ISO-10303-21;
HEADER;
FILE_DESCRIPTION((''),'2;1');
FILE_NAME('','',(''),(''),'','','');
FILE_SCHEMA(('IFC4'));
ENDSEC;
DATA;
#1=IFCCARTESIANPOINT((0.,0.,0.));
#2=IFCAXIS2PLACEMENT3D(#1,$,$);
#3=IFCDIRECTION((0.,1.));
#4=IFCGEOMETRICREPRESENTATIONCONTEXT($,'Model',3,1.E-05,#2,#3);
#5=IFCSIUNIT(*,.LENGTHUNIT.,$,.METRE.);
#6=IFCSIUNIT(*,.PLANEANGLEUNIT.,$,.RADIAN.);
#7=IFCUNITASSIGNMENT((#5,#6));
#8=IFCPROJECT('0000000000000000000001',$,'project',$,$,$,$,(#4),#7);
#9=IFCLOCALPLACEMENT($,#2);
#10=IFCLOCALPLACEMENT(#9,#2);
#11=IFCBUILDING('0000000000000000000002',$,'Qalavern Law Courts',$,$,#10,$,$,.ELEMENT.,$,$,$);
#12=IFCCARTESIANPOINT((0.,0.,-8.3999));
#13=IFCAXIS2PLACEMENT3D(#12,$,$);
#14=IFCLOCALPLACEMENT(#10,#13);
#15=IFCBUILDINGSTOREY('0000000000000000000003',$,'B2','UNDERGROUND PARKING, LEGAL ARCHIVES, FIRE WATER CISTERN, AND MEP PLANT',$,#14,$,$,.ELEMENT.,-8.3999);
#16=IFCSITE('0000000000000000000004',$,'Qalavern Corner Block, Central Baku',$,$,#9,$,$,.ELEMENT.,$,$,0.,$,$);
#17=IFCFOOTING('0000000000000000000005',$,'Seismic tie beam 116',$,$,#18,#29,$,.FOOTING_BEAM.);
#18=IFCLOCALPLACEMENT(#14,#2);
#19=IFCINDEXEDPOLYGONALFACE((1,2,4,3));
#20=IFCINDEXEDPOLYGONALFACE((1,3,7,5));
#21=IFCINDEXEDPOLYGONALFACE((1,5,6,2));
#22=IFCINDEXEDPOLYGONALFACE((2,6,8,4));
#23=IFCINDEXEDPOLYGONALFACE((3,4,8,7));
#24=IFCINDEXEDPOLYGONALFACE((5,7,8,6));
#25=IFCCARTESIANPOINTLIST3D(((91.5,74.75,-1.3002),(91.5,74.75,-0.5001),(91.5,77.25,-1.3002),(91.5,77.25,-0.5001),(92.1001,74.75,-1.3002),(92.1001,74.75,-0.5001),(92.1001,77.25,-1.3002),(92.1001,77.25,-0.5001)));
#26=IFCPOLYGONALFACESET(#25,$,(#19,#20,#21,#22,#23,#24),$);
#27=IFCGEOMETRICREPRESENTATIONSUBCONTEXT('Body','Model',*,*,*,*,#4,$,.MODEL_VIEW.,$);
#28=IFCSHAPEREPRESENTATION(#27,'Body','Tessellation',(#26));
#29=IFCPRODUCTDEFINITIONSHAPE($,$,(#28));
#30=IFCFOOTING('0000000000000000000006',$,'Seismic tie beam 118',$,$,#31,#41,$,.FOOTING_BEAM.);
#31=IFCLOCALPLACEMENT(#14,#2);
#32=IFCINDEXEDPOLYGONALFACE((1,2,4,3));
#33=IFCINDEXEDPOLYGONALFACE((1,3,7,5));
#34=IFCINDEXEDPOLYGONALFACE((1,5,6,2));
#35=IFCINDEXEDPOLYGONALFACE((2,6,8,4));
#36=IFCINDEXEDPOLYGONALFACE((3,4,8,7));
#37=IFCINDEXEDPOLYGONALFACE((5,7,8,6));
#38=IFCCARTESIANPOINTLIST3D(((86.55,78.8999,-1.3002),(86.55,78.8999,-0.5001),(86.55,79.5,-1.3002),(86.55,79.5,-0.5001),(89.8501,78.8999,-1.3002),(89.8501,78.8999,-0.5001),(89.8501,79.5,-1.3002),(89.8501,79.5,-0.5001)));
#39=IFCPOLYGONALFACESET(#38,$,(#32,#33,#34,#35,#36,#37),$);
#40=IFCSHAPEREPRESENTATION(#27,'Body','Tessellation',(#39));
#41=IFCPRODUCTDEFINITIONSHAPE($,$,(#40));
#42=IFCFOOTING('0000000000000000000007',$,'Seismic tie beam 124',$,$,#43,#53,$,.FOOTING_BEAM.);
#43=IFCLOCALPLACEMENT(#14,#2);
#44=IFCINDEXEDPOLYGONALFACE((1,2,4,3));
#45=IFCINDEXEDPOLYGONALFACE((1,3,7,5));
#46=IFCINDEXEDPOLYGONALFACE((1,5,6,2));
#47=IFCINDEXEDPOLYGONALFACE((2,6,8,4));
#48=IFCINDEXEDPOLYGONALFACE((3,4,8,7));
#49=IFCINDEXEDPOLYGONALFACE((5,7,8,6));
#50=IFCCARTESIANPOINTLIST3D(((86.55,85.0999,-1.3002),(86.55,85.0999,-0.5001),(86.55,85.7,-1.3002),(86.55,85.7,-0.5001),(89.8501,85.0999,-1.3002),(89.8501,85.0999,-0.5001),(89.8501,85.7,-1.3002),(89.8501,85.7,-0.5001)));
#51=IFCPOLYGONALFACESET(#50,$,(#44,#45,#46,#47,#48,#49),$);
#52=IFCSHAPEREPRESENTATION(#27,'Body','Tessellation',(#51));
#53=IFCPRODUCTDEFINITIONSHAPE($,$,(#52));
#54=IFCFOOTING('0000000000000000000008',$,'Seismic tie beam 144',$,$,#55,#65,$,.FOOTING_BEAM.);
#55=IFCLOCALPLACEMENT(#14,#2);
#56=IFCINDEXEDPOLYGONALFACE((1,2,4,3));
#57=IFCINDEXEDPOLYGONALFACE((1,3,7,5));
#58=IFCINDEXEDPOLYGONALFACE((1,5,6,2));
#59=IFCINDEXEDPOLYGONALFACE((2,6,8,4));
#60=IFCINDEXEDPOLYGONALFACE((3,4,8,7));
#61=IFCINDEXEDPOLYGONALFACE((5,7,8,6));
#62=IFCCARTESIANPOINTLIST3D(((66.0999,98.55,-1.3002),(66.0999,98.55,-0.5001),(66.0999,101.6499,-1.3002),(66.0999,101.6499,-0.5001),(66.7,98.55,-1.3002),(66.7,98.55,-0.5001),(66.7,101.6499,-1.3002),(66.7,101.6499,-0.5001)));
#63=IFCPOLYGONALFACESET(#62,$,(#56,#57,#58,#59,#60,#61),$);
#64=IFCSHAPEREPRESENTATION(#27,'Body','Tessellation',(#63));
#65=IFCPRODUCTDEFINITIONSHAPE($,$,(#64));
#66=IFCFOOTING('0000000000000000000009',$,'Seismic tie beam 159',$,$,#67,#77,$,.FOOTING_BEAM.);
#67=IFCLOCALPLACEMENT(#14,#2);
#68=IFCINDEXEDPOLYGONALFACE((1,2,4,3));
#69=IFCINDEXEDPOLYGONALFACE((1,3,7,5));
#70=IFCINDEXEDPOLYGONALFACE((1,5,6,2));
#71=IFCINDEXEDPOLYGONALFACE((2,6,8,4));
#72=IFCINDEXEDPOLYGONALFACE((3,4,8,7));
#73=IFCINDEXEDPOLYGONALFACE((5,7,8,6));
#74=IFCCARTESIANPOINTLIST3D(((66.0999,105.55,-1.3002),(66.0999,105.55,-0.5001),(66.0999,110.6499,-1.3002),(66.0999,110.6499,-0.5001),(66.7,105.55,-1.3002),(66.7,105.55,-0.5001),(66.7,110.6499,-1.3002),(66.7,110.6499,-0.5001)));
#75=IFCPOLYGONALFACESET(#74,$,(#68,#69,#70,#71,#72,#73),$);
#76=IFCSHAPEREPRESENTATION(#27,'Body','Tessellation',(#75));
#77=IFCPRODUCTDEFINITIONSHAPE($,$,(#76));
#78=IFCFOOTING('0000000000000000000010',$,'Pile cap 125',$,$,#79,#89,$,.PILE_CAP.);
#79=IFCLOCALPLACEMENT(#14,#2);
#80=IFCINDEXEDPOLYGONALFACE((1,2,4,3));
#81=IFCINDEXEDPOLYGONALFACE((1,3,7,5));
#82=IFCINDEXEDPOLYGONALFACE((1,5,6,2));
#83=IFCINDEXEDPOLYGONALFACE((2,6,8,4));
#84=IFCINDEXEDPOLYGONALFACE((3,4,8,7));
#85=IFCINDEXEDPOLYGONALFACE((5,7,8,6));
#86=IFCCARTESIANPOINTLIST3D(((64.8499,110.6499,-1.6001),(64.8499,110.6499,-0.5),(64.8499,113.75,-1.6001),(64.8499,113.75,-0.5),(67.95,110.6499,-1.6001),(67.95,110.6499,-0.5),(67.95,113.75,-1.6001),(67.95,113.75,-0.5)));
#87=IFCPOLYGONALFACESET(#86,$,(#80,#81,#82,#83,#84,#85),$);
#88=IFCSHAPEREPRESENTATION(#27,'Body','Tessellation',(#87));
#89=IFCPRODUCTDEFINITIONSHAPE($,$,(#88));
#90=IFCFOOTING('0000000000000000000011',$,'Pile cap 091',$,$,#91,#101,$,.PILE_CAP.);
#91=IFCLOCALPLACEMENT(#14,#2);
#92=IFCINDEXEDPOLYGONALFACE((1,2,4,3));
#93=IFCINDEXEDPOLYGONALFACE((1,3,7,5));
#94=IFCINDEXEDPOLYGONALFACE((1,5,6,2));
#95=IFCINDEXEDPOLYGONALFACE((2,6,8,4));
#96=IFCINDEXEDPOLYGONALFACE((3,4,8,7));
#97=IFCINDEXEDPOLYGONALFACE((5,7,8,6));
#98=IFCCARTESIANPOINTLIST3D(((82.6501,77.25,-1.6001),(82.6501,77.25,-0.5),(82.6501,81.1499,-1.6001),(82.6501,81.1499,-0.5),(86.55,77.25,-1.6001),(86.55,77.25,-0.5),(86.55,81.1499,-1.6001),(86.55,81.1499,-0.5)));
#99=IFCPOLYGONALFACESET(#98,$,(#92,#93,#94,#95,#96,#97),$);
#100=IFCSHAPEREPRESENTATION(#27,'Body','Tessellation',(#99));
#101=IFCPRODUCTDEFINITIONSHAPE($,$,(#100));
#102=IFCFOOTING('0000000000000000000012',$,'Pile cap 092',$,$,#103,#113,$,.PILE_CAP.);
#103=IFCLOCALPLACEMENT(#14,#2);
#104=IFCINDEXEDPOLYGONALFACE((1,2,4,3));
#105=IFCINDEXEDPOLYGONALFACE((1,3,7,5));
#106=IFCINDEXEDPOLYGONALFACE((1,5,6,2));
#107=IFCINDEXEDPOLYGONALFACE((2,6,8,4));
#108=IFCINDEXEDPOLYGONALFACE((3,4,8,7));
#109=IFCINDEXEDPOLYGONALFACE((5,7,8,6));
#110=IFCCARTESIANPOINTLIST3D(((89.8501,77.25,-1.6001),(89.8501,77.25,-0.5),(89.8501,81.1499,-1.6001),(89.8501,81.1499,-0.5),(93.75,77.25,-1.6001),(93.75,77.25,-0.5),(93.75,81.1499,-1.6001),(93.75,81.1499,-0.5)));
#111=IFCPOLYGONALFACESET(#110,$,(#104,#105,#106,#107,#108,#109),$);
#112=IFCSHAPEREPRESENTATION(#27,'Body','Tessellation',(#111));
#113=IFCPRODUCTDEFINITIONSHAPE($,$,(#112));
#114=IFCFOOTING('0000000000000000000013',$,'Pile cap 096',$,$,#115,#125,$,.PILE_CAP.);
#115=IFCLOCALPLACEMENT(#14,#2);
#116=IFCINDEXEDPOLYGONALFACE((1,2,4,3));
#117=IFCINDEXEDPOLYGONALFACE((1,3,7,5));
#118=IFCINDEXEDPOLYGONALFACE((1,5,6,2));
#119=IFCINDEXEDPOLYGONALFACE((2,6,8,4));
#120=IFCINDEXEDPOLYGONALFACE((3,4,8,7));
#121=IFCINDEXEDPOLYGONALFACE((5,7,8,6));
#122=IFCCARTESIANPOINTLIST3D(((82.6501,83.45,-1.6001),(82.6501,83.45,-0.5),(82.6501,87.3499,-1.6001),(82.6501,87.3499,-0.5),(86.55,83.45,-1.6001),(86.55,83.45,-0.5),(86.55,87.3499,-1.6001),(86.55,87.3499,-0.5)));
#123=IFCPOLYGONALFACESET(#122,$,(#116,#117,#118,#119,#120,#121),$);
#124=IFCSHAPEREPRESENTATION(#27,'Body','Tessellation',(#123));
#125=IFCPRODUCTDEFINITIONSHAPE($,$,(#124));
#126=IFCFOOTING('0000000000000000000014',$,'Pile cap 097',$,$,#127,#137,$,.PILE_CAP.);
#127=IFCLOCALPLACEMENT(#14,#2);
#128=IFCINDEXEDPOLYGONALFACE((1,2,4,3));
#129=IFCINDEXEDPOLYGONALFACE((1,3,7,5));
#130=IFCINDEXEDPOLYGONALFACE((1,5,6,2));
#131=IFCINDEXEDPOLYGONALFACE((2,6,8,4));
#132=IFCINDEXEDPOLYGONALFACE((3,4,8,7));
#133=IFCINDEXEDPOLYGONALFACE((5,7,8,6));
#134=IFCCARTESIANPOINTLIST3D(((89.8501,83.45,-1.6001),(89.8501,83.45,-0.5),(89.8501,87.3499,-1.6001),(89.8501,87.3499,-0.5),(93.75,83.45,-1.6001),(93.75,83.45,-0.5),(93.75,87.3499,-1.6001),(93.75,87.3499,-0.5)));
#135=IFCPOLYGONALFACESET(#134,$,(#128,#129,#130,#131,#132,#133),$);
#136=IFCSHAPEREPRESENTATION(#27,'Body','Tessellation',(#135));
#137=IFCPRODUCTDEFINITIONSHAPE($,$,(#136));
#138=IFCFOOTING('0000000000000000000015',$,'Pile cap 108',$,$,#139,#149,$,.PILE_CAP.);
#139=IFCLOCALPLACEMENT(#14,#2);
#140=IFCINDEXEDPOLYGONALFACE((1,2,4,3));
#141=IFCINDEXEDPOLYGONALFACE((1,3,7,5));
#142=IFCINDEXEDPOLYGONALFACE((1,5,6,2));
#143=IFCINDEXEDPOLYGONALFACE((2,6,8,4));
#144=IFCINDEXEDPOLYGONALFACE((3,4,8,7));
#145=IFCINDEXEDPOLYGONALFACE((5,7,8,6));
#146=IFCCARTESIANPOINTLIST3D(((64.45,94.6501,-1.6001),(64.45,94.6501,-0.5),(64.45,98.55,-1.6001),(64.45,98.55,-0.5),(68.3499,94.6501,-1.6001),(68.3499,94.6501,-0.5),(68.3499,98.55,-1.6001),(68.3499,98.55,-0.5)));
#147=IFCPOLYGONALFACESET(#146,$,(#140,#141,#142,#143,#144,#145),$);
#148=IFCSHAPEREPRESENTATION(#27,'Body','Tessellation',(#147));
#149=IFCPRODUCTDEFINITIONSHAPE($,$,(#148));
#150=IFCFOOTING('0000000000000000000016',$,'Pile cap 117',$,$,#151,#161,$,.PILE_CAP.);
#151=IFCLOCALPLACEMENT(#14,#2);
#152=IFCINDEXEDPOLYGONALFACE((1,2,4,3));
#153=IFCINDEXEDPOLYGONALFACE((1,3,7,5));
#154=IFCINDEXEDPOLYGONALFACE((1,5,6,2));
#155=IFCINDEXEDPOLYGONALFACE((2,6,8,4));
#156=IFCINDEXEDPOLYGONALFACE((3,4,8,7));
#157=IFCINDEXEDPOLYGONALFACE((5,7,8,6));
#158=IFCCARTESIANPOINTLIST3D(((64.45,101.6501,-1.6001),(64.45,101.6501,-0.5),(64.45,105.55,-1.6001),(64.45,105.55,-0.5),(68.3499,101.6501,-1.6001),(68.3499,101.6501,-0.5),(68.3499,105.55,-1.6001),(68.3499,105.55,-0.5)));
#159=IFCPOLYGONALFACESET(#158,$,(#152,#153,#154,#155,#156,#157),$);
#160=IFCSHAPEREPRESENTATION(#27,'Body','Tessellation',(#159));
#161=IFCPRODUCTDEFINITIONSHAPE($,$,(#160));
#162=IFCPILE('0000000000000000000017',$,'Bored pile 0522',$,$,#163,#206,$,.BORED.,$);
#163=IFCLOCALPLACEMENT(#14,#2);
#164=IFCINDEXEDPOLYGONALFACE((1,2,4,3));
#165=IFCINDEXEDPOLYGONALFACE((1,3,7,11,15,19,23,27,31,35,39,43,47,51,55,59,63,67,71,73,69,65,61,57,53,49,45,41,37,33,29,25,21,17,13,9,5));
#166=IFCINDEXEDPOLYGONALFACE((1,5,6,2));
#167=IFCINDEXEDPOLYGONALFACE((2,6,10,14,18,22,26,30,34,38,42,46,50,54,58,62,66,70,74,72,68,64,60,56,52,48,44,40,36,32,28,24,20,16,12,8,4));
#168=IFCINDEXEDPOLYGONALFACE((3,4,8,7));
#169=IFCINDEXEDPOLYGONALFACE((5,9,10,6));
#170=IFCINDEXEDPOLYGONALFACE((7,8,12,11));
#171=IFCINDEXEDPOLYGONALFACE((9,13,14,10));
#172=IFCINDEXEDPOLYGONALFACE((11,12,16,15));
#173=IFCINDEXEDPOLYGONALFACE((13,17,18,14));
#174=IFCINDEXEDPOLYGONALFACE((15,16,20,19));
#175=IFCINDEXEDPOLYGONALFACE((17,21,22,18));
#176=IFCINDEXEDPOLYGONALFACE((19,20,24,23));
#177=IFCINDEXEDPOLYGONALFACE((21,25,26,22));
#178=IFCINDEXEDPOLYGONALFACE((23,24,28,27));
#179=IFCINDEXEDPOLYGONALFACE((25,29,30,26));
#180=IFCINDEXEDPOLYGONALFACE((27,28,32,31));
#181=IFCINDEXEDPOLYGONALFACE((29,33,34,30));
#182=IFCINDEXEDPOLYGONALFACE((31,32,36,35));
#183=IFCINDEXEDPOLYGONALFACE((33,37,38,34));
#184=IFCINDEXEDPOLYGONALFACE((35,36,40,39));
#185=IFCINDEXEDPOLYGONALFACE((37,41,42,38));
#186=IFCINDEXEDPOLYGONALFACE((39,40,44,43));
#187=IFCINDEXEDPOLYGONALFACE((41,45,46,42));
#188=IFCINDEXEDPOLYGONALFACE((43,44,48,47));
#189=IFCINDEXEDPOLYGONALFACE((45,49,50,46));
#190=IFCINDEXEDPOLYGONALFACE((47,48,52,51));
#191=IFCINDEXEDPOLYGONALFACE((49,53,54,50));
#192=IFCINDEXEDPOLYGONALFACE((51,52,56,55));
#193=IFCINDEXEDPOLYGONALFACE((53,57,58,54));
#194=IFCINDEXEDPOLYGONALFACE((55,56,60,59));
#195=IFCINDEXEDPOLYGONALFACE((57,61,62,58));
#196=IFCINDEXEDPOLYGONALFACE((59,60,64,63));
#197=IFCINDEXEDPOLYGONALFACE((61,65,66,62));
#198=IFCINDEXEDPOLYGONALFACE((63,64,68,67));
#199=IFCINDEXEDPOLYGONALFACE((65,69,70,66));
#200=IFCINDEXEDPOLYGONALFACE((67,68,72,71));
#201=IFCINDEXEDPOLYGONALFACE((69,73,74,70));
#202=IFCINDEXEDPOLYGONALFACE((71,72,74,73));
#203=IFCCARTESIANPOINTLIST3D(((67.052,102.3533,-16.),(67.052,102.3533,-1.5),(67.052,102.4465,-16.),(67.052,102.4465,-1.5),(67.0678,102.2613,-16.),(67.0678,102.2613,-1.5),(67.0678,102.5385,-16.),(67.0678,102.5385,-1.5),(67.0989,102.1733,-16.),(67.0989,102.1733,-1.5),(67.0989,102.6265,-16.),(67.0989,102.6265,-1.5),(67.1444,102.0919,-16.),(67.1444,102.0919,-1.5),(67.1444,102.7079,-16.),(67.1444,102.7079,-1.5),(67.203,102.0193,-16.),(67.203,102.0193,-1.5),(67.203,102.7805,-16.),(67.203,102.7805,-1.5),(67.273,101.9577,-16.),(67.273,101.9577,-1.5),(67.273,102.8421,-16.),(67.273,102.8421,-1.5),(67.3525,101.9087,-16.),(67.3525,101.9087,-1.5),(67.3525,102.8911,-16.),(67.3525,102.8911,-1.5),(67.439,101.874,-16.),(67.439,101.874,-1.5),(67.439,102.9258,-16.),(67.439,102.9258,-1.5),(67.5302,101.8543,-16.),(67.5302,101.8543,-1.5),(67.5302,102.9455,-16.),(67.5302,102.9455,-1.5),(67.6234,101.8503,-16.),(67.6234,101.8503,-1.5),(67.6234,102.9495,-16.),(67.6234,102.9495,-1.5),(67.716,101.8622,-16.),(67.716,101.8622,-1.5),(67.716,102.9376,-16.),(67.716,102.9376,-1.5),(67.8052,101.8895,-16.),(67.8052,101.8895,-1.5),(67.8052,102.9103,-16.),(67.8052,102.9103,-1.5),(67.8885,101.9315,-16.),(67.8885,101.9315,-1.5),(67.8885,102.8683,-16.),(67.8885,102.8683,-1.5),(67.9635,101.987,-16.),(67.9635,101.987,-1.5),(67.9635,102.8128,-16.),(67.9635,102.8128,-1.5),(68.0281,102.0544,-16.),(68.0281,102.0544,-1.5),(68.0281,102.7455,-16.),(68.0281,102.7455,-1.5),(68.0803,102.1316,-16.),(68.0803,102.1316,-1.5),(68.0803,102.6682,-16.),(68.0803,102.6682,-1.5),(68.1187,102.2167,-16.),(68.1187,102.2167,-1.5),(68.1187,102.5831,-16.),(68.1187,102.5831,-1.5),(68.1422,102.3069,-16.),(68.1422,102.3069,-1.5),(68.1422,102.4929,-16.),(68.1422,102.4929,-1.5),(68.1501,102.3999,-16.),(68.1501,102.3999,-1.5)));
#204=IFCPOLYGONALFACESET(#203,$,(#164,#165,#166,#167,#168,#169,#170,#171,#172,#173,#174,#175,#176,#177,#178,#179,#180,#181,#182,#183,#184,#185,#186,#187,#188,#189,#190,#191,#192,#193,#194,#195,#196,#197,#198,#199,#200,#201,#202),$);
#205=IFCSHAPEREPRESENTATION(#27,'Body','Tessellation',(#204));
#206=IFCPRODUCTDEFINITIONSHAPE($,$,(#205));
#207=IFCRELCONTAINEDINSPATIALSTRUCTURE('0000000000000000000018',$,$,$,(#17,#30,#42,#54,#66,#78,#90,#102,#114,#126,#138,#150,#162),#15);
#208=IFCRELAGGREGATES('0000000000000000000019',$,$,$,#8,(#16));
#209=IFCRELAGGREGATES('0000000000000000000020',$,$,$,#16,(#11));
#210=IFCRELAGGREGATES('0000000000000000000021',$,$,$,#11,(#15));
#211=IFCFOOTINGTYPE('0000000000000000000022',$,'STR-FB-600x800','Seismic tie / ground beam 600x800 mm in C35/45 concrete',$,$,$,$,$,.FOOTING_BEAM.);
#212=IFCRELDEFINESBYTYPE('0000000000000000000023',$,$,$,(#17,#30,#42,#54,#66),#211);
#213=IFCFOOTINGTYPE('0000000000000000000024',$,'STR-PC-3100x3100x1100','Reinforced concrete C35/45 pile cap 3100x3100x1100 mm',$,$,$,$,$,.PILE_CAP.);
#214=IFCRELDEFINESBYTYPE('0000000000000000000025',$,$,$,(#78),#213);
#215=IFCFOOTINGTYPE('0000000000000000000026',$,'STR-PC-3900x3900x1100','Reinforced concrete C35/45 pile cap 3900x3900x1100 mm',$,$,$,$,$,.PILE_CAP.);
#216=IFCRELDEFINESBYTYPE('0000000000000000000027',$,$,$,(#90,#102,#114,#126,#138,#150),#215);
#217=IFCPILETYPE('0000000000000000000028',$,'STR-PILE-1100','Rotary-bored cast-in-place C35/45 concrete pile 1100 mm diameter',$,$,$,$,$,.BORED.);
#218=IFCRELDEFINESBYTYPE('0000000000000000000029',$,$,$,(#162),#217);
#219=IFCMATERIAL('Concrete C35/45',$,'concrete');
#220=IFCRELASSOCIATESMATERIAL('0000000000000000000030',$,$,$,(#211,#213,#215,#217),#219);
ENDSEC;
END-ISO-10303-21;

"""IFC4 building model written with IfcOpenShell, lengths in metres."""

from ifc_helpers import new_model, si_unit, direction, frame, origin, origin_2d, place, context, subcontext, project, spatial, rectangle, circle, extrude, material, material_profile, profile_set, type_object, element, save


model = new_model("IFC4")

# Units and contexts
model_context = context("Model", 3, precision=1e-05, world=origin(), true_north=direction((0.0, 1.0)))
body_context = subcontext(model_context, "Body", "Model", "MODEL_VIEW")
ifc_project = project(units=[si_unit("LENGTHUNIT", "METRE"), si_unit("PLANEANGLEUNIT", "RADIAN")], contexts=[model_context])

# Site, building, storey
site_placement = place(None, origin())
site = spatial("IfcSite", under=ifc_project, at=site_placement, Name="Qalavern Corner Block, Central Baku", CompositionType="ELEMENT", RefElevation=0.0)
building_placement = place(site_placement, origin())
building = spatial("IfcBuilding", under=site, at=building_placement, Name="Qalavern Law Courts", CompositionType="ELEMENT")
storey_placement = place(building_placement, frame((0.0, 0.0, -8.3999)))
storey = spatial("IfcBuildingStorey", under=building, at=storey_placement, Name="B2", Description="UNDERGROUND PARKING, LEGAL ARCHIVES, FIRE WATER CISTERN, AND MEP PLANT", CompositionType="ELEMENT", Elevation=-8.3999)

# Footings
ifc_material_1 = material(Name="Concrete C35/45", Category="concrete")
ifc_material_profile_1 = material_profile(ifc_material_1, rectangle(XDim=0.6001, YDim=0.8, at=origin_2d()), Name="RC 600x800")
ifc_profile_set_1 = profile_set([ifc_material_profile_1], Name="Concrete C35/45")
footing_type_1 = type_object("IfcFootingType", Name="STR-FB-600x800", Description="Seismic tie / ground beam 600x800 mm in C35/45 concrete", PredefinedType="FOOTING_BEAM", material=ifc_profile_set_1)
footing_1_placement = place(storey_placement, frame((91.8, 74.75, -0.9001), z_axis=(0.0, 1.0, 0.0), x_axis=(-1.0, 0.0, 0.0)))
element("IfcFooting", 1, at=footing_1_placement, inside=storey, type_object=footing_type_1, Name="Seismic tie beam 116", PredefinedType="FOOTING_BEAM", context=body_context, shape_type="SweptSolid", body=[
    extrude(rectangle(XDim=0.6001, YDim=0.8, at=origin_2d()), origin(), (0.0, 0.0, 1.0), 2.5),
])
for number, where, z_axis, x_axis, name in (
    (2, (86.55, 79.2, -0.9001), (1.0, 0.0, 0.0), (0.0, 1.0, 0.0), "Seismic tie beam 118"),
    (3, (86.55, 85.3999, -0.9001), (1.0, 0.0, 0.0), (0.0, 1.0, 0.0), "Seismic tie beam 124"),
):
    element("IfcFooting", number, at=place(storey_placement, frame(where, z_axis=z_axis, x_axis=x_axis)), inside=storey, type_object=footing_type_1, Name=name, PredefinedType="FOOTING_BEAM", context=body_context, shape_type="SweptSolid", body=[
        extrude(rectangle(XDim=0.6001, YDim=0.8, at=origin_2d()), origin(), (0.0, 0.0, 1.0), 3.3),
    ])
footing_2_placement = place(storey_placement, frame((66.3999, 98.55, -0.9001), z_axis=(0.0, 1.0, 0.0), x_axis=(-1.0, 0.0, 0.0)))
element("IfcFooting", 4, at=footing_2_placement, inside=storey, type_object=footing_type_1, Name="Seismic tie beam 144", PredefinedType="FOOTING_BEAM", context=body_context, shape_type="SweptSolid", body=[
    extrude(rectangle(XDim=0.6001, YDim=0.8, at=origin_2d()), origin(), (0.0, 0.0, 1.0), 3.0999),
])
footing_3_placement = place(storey_placement, frame((66.3999, 105.55, -0.9001), z_axis=(0.0, 1.0, 0.0), x_axis=(-1.0, 0.0, 0.0)))
element("IfcFooting", 5, at=footing_3_placement, inside=storey, type_object=footing_type_1, Name="Seismic tie beam 159", PredefinedType="FOOTING_BEAM", context=body_context, shape_type="SweptSolid", body=[
    extrude(rectangle(XDim=0.6001, YDim=0.8, at=origin_2d()), origin(), (0.0, 0.0, 1.0), 5.0999),
])
footing_type_2 = type_object("IfcFootingType", Name="STR-PC-3100x3100x1100", Description="Reinforced concrete C35/45 pile cap 3100x3100x1100 mm", PredefinedType="PILE_CAP", material=ifc_material_1)
footing_4_placement = place(storey_placement, frame((66.3999, 112.2, -1.6001), z_axis=(0.0, 0.0, 1.0), x_axis=(1.0, 0.0, 0.0)))
element("IfcFooting", 6, at=footing_4_placement, inside=storey, type_object=footing_type_2, Name="Pile cap 125", PredefinedType="PILE_CAP", context=body_context, shape_type="SweptSolid", body=[
    extrude(rectangle(XDim=3.1001, YDim=3.1001, at=origin_2d()), origin(), (0.0, 0.0, 1.0), 1.1001),
])
footing_type_3 = type_object("IfcFootingType", Name="STR-PC-3900x3900x1100", Description="Reinforced concrete C35/45 pile cap 3900x3900x1100 mm", PredefinedType="PILE_CAP", material=ifc_material_1)
for number, where, z_axis, x_axis, name in (
    (7, (84.6001, 79.2, -1.6001), (0.0, 0.0, 1.0), (1.0, 0.0, 0.0), "Pile cap 091"),
    (8, (91.8, 79.2, -1.6001), (0.0, 0.0, 1.0), (1.0, 0.0, 0.0), "Pile cap 092"),
    (9, (84.6001, 85.3999, -1.6001), (0.0, 0.0, 1.0), (1.0, 0.0, 0.0), "Pile cap 096"),
    (10, (91.8, 85.3999, -1.6001), (0.0, 0.0, 1.0), (1.0, 0.0, 0.0), "Pile cap 097"),
    (11, (66.3999, 96.6001, -1.6001), (0.0, 0.0, 1.0), (1.0, 0.0, 0.0), "Pile cap 108"),
    (12, (66.3999, 103.6001, -1.6001), (0.0, 0.0, 1.0), (1.0, 0.0, 0.0), "Pile cap 117"),
):
    element("IfcFooting", number, at=place(storey_placement, frame(where, z_axis=z_axis, x_axis=x_axis)), inside=storey, type_object=footing_type_3, Name=name, PredefinedType="PILE_CAP", context=body_context, shape_type="SweptSolid", body=[
        extrude(rectangle(XDim=3.8999, YDim=3.8999, at=origin_2d()), origin(), (0.0, 0.0, 1.0), 1.1001),
    ])

# Pile
ifc_material_profile_2 = material_profile(ifc_material_1, circle(Radius=0.55, at=origin_2d()), Name="BORED PILE 1100")
ifc_profile_set_2 = profile_set([ifc_material_profile_2], Name="Concrete C35/45")
pile_type_1 = type_object("IfcPileType", Name="STR-PILE-1100", Description="Rotary-bored cast-in-place C35/45 concrete pile 1100 mm diameter", PredefinedType="BORED", material=ifc_profile_set_2)
for number, where, z_axis, x_axis, name in (
    (13, (67.6001, 102.3999, -1.5), (0.0, 0.0, -1.0), (1.0, 0.0, 0.0), "Bored pile 0522"),
):
    element("IfcPile", number, at=place(storey_placement, frame(where, z_axis=z_axis, x_axis=x_axis)), inside=storey, type_object=pile_type_1, Name=name, PredefinedType="BORED", context=body_context, shape_type="SweptSolid", body=[
        extrude(circle(Radius=0.55, at=origin_2d()), origin(), (0.0, 0.0, 1.0), 14.5),
    ])

save(model, "model.ifc")
